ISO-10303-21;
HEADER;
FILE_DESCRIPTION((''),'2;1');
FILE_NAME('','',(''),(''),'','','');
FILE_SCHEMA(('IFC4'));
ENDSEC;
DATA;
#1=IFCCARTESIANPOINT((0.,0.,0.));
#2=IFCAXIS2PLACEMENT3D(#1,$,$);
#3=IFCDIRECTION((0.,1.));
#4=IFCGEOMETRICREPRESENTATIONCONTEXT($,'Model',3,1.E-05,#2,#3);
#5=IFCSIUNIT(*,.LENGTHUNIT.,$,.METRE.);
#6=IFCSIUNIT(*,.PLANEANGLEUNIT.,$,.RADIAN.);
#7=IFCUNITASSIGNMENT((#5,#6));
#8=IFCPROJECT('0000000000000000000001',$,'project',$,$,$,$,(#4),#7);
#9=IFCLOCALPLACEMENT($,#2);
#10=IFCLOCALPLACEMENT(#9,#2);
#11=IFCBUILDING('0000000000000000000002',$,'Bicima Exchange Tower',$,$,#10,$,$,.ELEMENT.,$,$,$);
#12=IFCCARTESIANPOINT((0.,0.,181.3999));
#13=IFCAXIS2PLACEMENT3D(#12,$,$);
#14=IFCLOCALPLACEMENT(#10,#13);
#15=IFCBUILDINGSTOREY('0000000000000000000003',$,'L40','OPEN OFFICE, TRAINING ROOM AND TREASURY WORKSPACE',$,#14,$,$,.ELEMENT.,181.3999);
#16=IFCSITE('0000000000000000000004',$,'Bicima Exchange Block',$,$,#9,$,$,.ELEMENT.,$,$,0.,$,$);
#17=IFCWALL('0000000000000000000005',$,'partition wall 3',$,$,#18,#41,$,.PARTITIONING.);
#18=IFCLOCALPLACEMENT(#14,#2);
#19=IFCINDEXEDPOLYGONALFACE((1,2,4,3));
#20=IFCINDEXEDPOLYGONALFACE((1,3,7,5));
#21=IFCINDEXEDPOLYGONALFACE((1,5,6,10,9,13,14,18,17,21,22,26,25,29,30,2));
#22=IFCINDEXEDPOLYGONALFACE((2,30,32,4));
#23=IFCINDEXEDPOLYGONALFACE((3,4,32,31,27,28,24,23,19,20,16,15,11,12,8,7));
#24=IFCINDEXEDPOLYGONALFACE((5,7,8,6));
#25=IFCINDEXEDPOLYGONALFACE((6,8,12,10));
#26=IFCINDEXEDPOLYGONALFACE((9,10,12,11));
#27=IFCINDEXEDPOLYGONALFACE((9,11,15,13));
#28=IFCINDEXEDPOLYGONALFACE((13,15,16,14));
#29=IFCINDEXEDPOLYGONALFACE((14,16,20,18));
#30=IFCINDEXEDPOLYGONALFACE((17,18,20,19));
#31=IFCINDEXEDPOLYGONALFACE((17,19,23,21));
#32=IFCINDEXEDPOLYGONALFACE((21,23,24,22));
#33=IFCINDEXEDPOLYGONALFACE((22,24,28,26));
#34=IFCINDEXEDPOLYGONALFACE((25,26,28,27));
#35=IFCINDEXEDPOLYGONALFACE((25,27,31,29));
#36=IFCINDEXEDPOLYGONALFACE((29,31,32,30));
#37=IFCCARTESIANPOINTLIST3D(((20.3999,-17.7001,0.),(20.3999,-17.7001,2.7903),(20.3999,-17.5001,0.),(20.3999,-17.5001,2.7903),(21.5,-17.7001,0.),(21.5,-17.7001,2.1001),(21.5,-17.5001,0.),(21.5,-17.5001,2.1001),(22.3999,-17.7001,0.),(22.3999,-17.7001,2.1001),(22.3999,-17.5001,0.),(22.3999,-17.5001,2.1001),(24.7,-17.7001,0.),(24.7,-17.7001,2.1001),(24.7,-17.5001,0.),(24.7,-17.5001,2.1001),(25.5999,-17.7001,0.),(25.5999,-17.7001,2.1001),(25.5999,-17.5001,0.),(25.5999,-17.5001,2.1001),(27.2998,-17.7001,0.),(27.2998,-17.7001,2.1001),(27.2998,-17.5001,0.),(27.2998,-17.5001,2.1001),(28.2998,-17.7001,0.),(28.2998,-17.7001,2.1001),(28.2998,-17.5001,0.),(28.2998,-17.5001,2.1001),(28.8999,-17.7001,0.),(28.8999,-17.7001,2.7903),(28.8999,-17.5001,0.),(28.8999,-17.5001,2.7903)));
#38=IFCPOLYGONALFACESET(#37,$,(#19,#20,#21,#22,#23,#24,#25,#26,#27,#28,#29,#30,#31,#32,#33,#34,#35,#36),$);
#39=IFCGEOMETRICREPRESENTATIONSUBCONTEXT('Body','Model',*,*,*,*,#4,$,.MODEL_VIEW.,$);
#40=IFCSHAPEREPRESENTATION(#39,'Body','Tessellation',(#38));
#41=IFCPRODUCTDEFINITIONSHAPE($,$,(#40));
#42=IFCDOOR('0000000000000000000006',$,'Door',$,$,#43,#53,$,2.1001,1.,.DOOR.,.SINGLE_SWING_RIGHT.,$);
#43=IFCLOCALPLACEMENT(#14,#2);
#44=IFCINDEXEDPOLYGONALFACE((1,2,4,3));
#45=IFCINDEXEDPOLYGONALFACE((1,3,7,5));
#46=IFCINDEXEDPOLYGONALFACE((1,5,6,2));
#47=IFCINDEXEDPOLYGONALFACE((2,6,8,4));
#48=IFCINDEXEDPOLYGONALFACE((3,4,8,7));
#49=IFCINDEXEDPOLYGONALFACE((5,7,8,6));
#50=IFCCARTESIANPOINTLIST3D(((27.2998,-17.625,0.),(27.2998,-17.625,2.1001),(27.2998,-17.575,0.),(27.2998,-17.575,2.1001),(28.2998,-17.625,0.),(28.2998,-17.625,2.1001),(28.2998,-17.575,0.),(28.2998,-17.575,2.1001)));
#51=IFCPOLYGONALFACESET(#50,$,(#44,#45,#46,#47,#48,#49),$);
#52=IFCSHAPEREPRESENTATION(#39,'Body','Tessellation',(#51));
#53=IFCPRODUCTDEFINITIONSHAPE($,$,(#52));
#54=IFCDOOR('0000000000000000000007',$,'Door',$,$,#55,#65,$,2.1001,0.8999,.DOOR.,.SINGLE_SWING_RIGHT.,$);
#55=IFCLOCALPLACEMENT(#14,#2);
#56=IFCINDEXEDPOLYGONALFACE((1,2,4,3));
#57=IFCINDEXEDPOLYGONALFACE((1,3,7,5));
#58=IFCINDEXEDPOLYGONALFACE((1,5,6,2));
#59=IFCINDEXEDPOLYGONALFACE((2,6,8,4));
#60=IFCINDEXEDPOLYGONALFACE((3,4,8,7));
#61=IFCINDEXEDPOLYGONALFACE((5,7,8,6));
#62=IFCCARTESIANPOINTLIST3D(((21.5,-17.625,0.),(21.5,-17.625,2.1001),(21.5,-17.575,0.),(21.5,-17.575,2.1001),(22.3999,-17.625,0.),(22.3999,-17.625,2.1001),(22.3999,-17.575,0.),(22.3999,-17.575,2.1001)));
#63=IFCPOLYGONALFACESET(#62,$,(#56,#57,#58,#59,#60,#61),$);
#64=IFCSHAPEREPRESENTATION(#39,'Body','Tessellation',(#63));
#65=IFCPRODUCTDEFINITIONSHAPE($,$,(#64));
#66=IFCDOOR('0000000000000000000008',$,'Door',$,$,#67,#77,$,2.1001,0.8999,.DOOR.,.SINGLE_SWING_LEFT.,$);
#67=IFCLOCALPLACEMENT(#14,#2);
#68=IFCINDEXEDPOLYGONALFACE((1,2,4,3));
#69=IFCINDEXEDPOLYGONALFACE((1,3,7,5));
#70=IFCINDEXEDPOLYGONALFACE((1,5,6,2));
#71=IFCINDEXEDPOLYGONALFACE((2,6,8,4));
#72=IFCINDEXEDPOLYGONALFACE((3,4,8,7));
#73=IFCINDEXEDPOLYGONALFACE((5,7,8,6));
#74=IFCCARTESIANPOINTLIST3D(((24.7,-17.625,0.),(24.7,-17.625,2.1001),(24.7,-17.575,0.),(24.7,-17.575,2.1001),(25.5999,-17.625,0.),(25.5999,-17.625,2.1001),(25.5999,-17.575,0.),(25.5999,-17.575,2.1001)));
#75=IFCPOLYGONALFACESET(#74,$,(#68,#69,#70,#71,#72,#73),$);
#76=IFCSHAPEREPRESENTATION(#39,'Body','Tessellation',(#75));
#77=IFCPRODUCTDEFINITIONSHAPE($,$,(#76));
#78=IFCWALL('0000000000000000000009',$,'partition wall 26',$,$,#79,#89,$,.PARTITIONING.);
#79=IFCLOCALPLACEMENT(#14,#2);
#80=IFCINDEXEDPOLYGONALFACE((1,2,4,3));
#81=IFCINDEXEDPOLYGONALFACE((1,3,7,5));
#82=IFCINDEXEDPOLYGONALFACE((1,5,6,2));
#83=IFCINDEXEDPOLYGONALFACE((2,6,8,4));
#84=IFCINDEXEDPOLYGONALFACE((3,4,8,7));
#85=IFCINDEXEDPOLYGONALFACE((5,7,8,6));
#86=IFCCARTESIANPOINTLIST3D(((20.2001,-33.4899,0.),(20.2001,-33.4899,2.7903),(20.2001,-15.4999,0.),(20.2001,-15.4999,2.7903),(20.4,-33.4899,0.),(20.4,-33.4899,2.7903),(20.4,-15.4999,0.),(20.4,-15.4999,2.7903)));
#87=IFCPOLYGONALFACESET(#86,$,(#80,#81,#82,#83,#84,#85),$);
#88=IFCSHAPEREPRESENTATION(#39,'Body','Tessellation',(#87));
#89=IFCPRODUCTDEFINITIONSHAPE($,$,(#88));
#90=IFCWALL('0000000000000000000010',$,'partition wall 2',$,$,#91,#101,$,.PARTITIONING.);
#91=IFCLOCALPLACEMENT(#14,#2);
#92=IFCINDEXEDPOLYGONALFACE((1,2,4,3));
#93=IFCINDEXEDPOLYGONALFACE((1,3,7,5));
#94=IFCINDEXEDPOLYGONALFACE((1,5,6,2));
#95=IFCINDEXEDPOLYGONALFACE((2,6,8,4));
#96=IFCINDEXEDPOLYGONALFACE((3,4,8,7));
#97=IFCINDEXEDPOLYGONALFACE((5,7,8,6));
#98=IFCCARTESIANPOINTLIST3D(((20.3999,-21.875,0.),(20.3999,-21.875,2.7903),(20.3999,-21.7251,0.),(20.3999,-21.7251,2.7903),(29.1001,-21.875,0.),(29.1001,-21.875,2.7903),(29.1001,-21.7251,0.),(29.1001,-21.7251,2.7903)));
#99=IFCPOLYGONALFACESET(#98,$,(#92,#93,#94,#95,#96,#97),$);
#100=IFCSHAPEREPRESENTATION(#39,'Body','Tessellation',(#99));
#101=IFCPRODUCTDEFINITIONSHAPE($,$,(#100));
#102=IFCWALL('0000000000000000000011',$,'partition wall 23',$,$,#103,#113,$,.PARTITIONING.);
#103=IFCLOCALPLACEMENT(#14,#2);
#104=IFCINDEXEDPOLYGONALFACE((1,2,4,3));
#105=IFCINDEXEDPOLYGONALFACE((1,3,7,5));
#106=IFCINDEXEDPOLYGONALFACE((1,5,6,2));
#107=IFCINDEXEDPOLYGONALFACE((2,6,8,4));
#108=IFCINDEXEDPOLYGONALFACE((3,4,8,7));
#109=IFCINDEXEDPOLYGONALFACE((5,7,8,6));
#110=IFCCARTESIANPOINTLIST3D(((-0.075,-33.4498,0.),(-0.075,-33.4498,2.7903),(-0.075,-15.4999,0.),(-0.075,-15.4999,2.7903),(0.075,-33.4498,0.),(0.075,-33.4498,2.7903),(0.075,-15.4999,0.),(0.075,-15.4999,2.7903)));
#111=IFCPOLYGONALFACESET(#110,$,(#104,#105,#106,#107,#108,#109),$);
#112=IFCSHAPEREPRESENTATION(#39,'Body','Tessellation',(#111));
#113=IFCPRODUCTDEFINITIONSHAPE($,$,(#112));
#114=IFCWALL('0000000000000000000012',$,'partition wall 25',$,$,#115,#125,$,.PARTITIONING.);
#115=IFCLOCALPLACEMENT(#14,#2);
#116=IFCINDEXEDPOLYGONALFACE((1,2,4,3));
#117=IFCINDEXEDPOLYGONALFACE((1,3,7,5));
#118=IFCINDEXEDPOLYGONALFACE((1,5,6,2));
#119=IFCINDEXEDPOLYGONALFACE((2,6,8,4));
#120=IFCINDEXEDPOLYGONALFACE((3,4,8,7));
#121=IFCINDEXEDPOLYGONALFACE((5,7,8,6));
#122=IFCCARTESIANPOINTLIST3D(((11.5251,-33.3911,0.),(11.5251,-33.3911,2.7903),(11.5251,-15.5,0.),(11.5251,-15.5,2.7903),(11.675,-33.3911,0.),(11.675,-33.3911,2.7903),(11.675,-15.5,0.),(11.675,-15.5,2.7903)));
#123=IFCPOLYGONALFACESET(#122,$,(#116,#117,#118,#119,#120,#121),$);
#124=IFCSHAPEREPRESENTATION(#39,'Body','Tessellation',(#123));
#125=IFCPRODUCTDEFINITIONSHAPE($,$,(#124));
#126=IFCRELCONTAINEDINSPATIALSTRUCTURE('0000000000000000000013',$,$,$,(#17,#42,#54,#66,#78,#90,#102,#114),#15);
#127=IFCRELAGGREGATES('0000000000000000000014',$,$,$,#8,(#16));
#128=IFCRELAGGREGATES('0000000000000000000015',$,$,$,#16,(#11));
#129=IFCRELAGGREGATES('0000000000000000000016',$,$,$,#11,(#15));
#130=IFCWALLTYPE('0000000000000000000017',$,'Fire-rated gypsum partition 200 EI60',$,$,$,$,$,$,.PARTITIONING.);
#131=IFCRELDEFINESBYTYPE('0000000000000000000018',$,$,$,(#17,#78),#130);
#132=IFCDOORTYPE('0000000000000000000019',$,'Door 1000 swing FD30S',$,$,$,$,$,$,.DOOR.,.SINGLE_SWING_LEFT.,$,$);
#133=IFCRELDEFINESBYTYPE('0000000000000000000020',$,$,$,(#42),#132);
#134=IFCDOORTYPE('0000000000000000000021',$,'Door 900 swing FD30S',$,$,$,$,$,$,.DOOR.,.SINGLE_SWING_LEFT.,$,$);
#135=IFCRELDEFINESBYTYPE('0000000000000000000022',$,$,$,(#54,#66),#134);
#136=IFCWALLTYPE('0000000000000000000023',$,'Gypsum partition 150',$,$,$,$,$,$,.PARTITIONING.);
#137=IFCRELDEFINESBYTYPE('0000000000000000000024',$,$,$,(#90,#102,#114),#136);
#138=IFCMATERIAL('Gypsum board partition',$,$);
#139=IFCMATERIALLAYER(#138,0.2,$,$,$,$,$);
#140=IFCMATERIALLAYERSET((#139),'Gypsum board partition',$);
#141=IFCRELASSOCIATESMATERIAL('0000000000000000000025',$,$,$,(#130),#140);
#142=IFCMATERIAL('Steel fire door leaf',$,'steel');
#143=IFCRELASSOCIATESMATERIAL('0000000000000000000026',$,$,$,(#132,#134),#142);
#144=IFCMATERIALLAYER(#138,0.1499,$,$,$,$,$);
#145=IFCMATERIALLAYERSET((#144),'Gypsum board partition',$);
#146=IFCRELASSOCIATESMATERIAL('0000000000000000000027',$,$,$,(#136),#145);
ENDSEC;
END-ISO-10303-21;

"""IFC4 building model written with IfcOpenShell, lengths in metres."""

from ifc_helpers import new_model, si_unit, direction, frame, frame_2d, origin, place, context, subcontext, project, spatial, rectangle, extrude, material, layer, layer_set, type_object, element, fill, save


model = new_model("IFC4")

# Units and contexts
model_context = context("Model", 3, precision=1e-05, world=origin(), true_north=direction((0.0, 1.0)))
body_context = subcontext(model_context, "Body", "Model", "MODEL_VIEW")
ifc_project = project(units=[si_unit("LENGTHUNIT", "METRE"), si_unit("PLANEANGLEUNIT", "RADIAN")], contexts=[model_context])

# Site, building, storey
site_placement = place(None, origin())
site = spatial("IfcSite", under=ifc_project, at=site_placement, Name="Bicima Exchange Block", CompositionType="ELEMENT", RefElevation=0.0)
building_placement = place(site_placement, origin())
building = spatial("IfcBuilding", under=site, at=building_placement, Name="Bicima Exchange Tower", CompositionType="ELEMENT")
storey_placement = place(building_placement, frame((0.0, 0.0, 181.3999)))
storey = spatial("IfcBuildingStorey", under=building, at=storey_placement, Name="L40", Description="OPEN OFFICE, TRAINING ROOM AND TREASURY WORKSPACE", CompositionType="ELEMENT", Elevation=181.3999)

# Wall, openings, doors
ifc_material_1 = material(Name="Gypsum board partition")
ifc_layer_1 = layer(ifc_material_1, 0.2)
ifc_layer_set_1 = layer_set([ifc_layer_1], Name="Gypsum board partition")
wall_type_1 = type_object("IfcWallType", Name="Fire-rated gypsum partition 200 EI60", PredefinedType="PARTITIONING", material=ifc_layer_set_1)
wall_1_placement = place(storey_placement, frame((20.3999, -17.6001, 0.0), z_axis=(0.0, 0.0, 1.0), x_axis=(1.0, 0.0, 0.0)))
wall_1 = element("IfcWall", 1, at=wall_1_placement, inside=storey, type_object=wall_type_1, Name="partition wall 3", PredefinedType="PARTITIONING", context=body_context, shape_type="SweptSolid", body=[
    extrude(rectangle(XDim=8.5, YDim=0.2, at=frame_2d((4.25, 0.0))), origin(), (0.0, 0.0, 1.0), 2.7903),
])
opening_1_placement = place(wall_1_placement, frame((1.1001, 0.0, 0.0)))
opening_1 = element("IfcOpeningElement", 2, at=opening_1_placement, cuts=wall_1, PredefinedType="OPENING", context=body_context, shape_type="SweptSolid", body=[
    extrude(rectangle(XDim=0.8999, YDim=2.1001, at=frame_2d((0.45, 1.05))), frame((0.0, 0.1118, 0.0), z_axis=(0.0, -1.0, 0.0), x_axis=(1.0, 0.0, 0.0)), (0.0, 0.0, 1.0), 0.2239),
])
opening_2_placement = place(wall_1_placement, frame((4.3, 0.0, 0.0)))
opening_2 = element("IfcOpeningElement", 3, at=opening_2_placement, cuts=wall_1, PredefinedType="OPENING", context=body_context, shape_type="SweptSolid", body=[
    extrude(rectangle(XDim=0.8999, YDim=2.1001, at=frame_2d((0.45, 1.05))), frame((0.0, 0.1118, 0.0), z_axis=(0.0, -1.0, 0.0), x_axis=(1.0, 0.0, 0.0)), (0.0, 0.0, 1.0), 0.2239),
])
opening_3_placement = place(wall_1_placement, frame((6.8999, 0.0, 0.0)))
opening_3 = element("IfcOpeningElement", 4, at=opening_3_placement, cuts=wall_1, PredefinedType="OPENING", context=body_context, shape_type="SweptSolid", body=[
    extrude(rectangle(XDim=1.0, YDim=2.1001, at=frame_2d((0.5, 1.05))), frame((0.0, 0.1118, 0.0), z_axis=(0.0, -1.0, 0.0), x_axis=(1.0, 0.0, 0.0)), (0.0, 0.0, 1.0), 0.2239),
])
ifc_material_2 = material(Name="Steel fire door leaf", Category="steel")
door_type_1 = type_object("IfcDoorType", Name="Door 1000 swing FD30S", OperationType="SINGLE_SWING_LEFT", PredefinedType="DOOR", material=ifc_material_2)
door_1_placement = place(opening_3_placement, frame((1.0, 0.0, 0.0), z_axis=(0.0, 0.0, 1.0), x_axis=(-1.0, 0.0, 0.0)))
door_1 = element("IfcDoor", 5, at=door_1_placement, inside=storey, type_object=door_type_1, Name="Door", OperationType="SINGLE_SWING_RIGHT", OverallHeight=2.1001, OverallWidth=1.0, PredefinedType="DOOR", context=body_context, shape_type="SweptSolid", body=[
    extrude(rectangle(XDim=1.0, YDim=2.1001, at=frame_2d((0.5, 1.05))), frame((0.0, 0.0249, 0.0), z_axis=(0.0, -1.0, 0.0), x_axis=(1.0, 0.0, 0.0)), (0.0, 0.0, 1.0), 0.05),
])
fill(opening_3, door_1)
door_type_2 = type_object("IfcDoorType", Name="Door 900 swing FD30S", OperationType="SINGLE_SWING_LEFT", PredefinedType="DOOR", material=ifc_material_2)
door_2_placement = place(opening_1_placement, frame((0.8999, 0.0, 0.0), z_axis=(0.0, 0.0, 1.0), x_axis=(-1.0, 0.0, 0.0)))
door_2 = element("IfcDoor", 6, at=door_2_placement, inside=storey, type_object=door_type_2, Name="Door", OperationType="SINGLE_SWING_RIGHT", OverallHeight=2.1001, OverallWidth=0.8999, PredefinedType="DOOR", context=body_context, shape_type="SweptSolid", body=[
    extrude(rectangle(XDim=0.8999, YDim=2.1001, at=frame_2d((0.45, 1.05))), frame((0.0, 0.0249, 0.0), z_axis=(0.0, -1.0, 0.0), x_axis=(1.0, 0.0, 0.0)), (0.0, 0.0, 1.0), 0.05),
])
fill(opening_1, door_2)
door_3_placement = place(opening_2_placement, frame((0.8999, 0.0, 0.0), z_axis=(0.0, 0.0, 1.0), x_axis=(-1.0, 0.0, 0.0)))
door_3 = element("IfcDoor", 7, at=door_3_placement, inside=storey, type_object=door_type_2, Name="Door", OperationType="SINGLE_SWING_LEFT", OverallHeight=2.1001, OverallWidth=0.8999, PredefinedType="DOOR", context=body_context, shape_type="SweptSolid", body=[
    extrude(rectangle(XDim=0.8999, YDim=2.1001, at=frame_2d((0.45, 1.05))), frame((0.0, 0.0249, 0.0), z_axis=(0.0, -1.0, 0.0), x_axis=(1.0, 0.0, 0.0)), (0.0, 0.0, 1.0), 0.05),
])
fill(opening_2, door_3)

# Walls
wall_2_placement = place(storey_placement, frame((20.3, -33.49, 0.0), z_axis=(0.0, 0.0, 1.0), x_axis=(0.0, 1.0, 0.0)))
element("IfcWall", 8, at=wall_2_placement, inside=storey, type_object=wall_type_1, Name="partition wall 26", PredefinedType="PARTITIONING", context=body_context, shape_type="SweptSolid", body=[
    extrude(rectangle(XDim=17.99, YDim=0.2, at=frame_2d((8.9951, 0.0))), origin(), (0.0, 0.0, 1.0), 2.7903),
])
ifc_layer_2 = layer(ifc_material_1, 0.1499)
ifc_layer_set_2 = layer_set([ifc_layer_2], Name="Gypsum board partition")
wall_type_2 = type_object("IfcWallType", Name="Gypsum partition 150", PredefinedType="PARTITIONING", material=ifc_layer_set_2)
wall_3_placement = place(storey_placement, frame((20.3999, -21.8, 0.0), z_axis=(0.0, 0.0, 1.0), x_axis=(1.0, 0.0, 0.0)))
element("IfcWall", 9, at=wall_3_placement, inside=storey, type_object=wall_type_2, Name="partition wall 2", PredefinedType="PARTITIONING", context=body_context, shape_type="SweptSolid", body=[
    extrude(rectangle(XDim=8.7002, YDim=0.1499, at=frame_2d((4.3501, 0.0))), origin(), (0.0, 0.0, 1.0), 2.7903),
])
wall_4_placement = place(storey_placement, frame((0.0, -33.45, 0.0), z_axis=(0.0, 0.0, 1.0), x_axis=(0.0, 1.0, 0.0)))
element("IfcWall", 10, at=wall_4_placement, inside=storey, type_object=wall_type_2, Name="partition wall 23", PredefinedType="PARTITIONING", context=body_context, shape_type="SweptSolid", body=[
    extrude(rectangle(XDim=17.95, YDim=0.1499, at=frame_2d((8.9751, 0.0))), origin(), (0.0, 0.0, 1.0), 2.7903),
])
wall_5_placement = place(storey_placement, frame((11.6001, -33.3911, 0.0), z_axis=(0.0, 0.0, 1.0), x_axis=(0.0, 1.0, 0.0)))
element("IfcWall", 11, at=wall_5_placement, inside=storey, type_object=wall_type_2, Name="partition wall 25", PredefinedType="PARTITIONING", context=body_context, shape_type="SweptSolid", body=[
    extrude(rectangle(XDim=17.8911, YDim=0.1499, at=frame_2d((8.9456, 0.0))), origin(), (0.0, 0.0, 1.0), 2.7903),
])

save(model, "model.ifc")
